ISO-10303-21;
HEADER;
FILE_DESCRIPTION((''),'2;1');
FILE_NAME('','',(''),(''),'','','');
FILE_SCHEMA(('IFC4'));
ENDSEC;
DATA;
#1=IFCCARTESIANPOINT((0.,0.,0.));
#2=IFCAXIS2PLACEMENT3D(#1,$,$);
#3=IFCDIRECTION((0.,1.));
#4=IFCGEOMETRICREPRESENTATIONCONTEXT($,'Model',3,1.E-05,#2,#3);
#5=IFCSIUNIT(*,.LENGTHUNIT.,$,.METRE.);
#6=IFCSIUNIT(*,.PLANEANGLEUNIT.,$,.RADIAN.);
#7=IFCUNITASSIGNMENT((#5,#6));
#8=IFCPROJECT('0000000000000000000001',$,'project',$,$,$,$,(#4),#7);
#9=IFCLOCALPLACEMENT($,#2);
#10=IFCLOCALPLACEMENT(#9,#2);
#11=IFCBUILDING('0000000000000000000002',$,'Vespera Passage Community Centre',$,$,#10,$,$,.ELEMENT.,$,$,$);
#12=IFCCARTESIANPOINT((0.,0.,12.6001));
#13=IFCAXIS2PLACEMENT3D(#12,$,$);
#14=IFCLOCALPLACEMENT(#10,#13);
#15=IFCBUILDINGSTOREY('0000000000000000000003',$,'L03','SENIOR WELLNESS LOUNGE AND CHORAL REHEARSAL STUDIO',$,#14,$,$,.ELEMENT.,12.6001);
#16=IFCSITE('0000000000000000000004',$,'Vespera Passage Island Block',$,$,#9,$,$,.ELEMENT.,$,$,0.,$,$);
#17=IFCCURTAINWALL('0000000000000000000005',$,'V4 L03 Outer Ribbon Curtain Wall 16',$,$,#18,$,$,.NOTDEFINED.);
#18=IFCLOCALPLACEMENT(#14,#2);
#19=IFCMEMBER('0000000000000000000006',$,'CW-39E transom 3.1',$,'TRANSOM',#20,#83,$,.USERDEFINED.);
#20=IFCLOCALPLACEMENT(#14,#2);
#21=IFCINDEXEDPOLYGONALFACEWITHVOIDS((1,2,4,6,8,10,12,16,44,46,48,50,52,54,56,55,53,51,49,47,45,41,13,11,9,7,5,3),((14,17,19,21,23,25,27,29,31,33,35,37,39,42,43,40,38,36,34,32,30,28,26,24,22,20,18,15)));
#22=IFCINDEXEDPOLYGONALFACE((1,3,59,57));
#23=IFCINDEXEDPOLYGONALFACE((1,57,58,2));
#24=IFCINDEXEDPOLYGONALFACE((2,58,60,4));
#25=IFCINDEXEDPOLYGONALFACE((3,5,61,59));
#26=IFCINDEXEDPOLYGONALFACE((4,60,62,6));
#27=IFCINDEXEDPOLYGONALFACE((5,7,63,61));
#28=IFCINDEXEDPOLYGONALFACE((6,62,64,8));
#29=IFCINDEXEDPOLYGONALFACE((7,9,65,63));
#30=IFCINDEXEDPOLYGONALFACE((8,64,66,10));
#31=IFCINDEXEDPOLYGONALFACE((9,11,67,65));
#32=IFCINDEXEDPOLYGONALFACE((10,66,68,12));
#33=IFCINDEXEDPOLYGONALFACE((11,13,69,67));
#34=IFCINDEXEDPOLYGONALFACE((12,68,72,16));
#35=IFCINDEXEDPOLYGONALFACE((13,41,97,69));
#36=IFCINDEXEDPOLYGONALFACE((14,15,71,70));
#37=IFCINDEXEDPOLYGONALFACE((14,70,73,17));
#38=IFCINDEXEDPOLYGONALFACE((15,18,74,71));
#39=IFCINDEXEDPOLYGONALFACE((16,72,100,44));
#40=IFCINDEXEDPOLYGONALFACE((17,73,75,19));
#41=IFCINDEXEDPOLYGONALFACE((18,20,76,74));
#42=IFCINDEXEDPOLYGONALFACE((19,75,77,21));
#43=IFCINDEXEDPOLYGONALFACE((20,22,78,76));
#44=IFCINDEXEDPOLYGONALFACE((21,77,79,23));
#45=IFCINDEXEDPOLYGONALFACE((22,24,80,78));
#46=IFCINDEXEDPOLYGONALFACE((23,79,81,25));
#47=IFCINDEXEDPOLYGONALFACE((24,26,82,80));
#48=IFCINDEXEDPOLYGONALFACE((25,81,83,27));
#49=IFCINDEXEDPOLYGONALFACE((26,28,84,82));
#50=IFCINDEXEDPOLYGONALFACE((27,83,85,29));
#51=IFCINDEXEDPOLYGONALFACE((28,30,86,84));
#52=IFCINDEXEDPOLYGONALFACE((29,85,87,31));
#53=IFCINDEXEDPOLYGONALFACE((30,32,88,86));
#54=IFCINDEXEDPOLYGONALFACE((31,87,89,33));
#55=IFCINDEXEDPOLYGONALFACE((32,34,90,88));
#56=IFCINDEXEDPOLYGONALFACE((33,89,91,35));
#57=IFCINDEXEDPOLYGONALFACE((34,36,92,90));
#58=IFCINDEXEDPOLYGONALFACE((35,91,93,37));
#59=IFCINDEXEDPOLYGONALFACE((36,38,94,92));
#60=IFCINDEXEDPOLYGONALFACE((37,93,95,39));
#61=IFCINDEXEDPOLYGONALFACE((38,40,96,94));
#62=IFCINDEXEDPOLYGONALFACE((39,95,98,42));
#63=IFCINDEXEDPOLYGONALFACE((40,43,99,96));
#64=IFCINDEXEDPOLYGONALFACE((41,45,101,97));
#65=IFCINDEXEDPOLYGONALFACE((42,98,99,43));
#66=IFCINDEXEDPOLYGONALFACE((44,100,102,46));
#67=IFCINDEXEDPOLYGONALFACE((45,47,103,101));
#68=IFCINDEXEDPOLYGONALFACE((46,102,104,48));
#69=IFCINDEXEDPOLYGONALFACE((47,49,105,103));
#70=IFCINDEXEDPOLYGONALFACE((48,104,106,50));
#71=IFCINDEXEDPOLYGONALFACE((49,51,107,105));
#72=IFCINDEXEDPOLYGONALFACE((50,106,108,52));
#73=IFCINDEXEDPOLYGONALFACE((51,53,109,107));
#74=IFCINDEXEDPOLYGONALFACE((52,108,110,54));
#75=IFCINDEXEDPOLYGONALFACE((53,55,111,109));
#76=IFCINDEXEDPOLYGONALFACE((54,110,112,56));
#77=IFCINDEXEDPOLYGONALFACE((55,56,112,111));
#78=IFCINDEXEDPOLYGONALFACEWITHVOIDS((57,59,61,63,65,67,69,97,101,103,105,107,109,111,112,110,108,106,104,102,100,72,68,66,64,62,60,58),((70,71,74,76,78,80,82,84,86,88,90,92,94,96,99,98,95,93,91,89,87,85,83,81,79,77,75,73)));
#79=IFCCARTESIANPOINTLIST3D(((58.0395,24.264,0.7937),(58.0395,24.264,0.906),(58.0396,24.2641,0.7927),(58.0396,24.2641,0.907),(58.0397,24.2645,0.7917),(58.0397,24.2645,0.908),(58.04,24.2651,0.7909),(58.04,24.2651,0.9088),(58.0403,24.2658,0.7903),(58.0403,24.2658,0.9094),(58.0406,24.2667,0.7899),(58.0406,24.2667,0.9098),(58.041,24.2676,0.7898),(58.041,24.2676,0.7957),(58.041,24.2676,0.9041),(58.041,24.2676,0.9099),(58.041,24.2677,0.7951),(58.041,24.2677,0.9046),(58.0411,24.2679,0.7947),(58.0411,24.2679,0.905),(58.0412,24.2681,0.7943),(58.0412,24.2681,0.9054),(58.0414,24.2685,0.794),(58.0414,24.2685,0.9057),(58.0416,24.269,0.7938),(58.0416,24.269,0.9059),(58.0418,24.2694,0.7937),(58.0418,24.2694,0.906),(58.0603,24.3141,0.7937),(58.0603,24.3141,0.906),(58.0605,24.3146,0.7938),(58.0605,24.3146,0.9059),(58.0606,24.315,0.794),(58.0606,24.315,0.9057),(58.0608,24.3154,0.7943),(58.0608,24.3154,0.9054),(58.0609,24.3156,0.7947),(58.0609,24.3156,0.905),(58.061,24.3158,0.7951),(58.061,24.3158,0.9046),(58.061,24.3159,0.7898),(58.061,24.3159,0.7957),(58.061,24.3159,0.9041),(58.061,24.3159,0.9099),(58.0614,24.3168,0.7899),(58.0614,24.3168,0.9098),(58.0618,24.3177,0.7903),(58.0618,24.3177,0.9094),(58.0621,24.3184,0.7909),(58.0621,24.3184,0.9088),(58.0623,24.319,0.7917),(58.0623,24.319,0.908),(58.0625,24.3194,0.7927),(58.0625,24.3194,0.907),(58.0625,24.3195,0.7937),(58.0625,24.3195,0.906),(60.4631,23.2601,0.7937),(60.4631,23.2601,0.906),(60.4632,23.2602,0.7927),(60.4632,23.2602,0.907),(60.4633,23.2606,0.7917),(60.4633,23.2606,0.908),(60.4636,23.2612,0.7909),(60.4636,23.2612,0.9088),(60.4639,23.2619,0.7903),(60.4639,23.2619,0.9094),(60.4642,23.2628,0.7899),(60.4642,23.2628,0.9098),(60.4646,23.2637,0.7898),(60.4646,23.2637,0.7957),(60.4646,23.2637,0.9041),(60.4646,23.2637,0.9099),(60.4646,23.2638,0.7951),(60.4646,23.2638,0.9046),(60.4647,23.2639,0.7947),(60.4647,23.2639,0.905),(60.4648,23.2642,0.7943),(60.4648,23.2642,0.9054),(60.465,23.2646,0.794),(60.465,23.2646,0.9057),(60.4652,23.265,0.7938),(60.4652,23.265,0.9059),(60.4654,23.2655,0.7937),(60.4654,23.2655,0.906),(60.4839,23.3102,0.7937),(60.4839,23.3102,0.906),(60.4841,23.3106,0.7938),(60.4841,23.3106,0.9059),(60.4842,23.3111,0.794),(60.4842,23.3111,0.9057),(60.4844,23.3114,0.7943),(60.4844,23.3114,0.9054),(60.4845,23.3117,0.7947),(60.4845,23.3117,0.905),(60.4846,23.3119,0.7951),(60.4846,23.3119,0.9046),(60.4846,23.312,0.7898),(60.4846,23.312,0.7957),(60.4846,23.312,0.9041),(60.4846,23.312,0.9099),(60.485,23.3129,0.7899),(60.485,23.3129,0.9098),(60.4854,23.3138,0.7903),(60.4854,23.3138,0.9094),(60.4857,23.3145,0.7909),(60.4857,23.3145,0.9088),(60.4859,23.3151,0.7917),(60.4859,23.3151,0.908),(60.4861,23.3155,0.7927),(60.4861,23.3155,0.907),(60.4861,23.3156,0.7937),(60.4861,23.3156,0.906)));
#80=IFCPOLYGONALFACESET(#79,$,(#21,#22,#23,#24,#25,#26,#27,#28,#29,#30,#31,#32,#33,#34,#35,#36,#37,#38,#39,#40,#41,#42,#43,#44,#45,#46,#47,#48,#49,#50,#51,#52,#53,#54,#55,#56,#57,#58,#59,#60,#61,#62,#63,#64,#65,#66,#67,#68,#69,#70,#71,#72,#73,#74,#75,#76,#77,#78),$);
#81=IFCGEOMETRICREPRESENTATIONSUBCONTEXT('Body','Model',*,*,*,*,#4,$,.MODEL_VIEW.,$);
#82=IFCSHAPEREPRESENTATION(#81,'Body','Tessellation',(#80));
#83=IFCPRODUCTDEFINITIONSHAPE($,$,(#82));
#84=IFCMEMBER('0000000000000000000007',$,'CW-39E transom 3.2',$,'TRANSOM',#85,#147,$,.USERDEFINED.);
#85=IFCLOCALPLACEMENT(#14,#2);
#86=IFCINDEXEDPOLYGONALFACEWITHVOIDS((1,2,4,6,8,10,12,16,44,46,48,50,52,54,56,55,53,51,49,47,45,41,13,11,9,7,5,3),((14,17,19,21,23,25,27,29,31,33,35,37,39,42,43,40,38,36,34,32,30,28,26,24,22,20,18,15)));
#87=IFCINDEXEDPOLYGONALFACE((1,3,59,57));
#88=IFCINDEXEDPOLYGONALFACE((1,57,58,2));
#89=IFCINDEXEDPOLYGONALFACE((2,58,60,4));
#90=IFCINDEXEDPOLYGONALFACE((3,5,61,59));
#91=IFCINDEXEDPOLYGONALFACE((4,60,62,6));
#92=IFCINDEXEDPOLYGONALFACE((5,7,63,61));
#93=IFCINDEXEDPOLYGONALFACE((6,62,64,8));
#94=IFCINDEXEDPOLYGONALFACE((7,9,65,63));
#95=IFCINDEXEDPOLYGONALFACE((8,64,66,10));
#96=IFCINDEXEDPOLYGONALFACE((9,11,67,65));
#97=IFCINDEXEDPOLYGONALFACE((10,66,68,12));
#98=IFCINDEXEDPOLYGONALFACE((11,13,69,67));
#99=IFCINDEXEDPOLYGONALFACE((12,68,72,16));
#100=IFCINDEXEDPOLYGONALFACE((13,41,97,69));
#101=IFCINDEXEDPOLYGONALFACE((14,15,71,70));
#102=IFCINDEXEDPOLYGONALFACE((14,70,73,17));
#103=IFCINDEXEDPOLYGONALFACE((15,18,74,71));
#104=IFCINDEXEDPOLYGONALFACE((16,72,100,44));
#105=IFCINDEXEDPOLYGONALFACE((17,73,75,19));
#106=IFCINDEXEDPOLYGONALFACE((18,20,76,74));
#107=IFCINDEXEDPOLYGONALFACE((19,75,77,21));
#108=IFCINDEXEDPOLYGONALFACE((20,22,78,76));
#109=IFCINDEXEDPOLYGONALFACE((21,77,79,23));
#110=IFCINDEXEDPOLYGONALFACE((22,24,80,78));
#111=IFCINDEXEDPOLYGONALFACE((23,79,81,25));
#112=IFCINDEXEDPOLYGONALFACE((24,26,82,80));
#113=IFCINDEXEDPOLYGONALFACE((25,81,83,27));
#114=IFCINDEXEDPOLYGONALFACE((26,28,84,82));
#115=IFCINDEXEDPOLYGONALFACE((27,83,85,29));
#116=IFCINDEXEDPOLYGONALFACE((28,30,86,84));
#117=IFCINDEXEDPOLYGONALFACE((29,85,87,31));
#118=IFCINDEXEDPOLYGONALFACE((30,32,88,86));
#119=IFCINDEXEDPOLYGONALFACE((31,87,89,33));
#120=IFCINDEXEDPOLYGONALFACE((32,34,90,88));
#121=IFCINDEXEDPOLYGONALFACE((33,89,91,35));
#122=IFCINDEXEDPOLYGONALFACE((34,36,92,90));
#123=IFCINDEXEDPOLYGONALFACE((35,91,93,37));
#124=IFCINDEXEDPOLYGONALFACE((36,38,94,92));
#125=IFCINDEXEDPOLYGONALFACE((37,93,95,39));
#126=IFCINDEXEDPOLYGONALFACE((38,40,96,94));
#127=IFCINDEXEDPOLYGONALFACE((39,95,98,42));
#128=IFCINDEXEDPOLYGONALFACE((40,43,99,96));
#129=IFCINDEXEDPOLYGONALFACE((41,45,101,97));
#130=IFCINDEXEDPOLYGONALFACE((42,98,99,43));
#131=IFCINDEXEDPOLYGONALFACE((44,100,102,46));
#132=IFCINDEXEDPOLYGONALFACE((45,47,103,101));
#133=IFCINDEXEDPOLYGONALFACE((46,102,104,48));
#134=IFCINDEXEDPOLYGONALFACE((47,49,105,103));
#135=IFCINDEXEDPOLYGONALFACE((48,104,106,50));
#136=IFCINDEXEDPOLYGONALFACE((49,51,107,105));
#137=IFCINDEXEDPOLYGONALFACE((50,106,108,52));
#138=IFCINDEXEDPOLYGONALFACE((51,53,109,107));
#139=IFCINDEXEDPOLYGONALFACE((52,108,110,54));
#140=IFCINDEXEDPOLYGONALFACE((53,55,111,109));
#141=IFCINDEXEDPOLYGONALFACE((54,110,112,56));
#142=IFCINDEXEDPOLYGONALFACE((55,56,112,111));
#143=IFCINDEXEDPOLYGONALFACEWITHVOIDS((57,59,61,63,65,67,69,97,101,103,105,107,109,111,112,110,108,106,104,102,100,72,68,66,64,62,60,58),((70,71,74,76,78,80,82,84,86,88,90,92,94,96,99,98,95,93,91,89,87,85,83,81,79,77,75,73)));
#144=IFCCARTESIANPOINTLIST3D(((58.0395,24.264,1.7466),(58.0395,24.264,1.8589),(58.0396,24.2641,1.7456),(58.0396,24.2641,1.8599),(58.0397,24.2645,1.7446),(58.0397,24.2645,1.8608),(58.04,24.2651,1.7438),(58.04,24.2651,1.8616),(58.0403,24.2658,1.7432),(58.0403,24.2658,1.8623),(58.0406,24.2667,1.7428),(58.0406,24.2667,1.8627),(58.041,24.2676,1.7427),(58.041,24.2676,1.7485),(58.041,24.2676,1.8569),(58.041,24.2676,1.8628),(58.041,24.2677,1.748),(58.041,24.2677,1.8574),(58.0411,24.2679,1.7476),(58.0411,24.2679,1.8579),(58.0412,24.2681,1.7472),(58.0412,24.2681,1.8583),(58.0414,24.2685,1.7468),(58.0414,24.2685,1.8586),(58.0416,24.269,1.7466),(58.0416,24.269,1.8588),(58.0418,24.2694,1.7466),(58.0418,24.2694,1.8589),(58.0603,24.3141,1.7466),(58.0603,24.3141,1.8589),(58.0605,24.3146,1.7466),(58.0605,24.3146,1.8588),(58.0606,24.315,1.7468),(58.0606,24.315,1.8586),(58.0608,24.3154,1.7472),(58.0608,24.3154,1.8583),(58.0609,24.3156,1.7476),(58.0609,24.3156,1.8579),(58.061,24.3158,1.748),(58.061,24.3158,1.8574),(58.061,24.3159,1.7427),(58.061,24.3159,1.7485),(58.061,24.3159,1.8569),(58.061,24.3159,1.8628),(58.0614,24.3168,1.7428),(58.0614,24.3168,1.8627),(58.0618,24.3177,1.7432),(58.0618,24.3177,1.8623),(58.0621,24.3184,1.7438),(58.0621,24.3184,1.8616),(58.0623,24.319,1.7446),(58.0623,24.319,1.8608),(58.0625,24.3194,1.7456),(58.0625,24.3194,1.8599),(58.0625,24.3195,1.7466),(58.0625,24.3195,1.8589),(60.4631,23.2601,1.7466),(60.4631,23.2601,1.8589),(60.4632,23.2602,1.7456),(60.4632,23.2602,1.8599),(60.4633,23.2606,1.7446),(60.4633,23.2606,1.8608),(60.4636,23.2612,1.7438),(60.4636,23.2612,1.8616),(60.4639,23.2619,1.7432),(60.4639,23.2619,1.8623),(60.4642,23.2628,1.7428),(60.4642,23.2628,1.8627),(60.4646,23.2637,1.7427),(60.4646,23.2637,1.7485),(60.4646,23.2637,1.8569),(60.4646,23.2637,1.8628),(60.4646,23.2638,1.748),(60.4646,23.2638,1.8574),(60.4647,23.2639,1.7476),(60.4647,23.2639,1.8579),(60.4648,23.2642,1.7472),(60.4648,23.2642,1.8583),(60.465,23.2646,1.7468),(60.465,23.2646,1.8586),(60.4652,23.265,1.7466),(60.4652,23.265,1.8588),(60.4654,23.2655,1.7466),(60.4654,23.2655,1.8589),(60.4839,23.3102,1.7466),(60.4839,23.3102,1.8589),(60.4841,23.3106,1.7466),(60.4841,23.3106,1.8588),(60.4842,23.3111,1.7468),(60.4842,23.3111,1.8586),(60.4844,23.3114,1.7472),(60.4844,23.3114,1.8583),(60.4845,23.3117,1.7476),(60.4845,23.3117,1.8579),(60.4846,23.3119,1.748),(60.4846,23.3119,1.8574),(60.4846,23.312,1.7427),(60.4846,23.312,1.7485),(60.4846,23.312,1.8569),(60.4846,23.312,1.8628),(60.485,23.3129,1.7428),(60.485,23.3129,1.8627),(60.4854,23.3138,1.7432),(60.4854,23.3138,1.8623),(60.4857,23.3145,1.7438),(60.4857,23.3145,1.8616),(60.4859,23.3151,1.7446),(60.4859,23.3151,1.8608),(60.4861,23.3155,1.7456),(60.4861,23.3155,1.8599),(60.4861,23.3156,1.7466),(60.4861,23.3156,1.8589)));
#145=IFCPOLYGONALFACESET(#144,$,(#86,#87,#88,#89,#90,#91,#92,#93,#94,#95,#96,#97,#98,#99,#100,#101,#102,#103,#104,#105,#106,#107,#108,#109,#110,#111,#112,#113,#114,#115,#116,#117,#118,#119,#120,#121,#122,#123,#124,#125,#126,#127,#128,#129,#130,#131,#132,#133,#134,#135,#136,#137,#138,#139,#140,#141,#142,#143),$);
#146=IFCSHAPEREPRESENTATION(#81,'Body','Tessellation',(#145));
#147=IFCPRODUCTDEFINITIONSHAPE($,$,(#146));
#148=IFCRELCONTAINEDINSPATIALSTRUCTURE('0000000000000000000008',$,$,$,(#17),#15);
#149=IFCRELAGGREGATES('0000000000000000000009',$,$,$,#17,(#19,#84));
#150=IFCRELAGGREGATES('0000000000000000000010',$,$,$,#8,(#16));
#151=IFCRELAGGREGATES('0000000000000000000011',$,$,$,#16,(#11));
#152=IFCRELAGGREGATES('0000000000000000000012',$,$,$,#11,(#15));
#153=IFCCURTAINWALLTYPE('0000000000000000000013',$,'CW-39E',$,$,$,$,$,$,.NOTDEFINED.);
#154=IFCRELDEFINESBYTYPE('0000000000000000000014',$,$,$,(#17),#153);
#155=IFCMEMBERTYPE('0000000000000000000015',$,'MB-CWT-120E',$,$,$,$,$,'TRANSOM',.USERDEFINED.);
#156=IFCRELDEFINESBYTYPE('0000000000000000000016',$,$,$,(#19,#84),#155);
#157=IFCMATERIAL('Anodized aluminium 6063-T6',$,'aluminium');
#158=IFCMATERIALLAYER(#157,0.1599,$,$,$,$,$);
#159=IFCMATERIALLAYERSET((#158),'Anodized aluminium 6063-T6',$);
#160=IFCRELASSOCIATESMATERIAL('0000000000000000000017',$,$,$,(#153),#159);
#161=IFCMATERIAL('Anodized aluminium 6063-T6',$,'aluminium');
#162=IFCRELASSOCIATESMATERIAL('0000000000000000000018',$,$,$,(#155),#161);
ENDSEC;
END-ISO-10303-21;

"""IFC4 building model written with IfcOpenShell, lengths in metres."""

from ifc_helpers import new_model, si_unit, direction, frame, origin, origin_2d, place, context, subcontext, project, spatial, hollow_rectangle, extrude, material, layer, layer_set, material_profile, profile_set, type_object, element, aggregate, save


model = new_model("IFC4")

# Units and contexts
model_context = context("Model", 3, precision=1e-05, world=origin(), true_north=direction((0.0, 1.0)))
body_context = subcontext(model_context, "Body", "Model", "MODEL_VIEW")
ifc_project = project(units=[si_unit("LENGTHUNIT", "METRE"), si_unit("PLANEANGLEUNIT", "RADIAN")], contexts=[model_context])

# Site, building, storey
site_placement = place(None, origin())
site = spatial("IfcSite", under=ifc_project, at=site_placement, Name="Vespera Passage Island Block", CompositionType="ELEMENT", RefElevation=0.0)
building_placement = place(site_placement, origin())
building = spatial("IfcBuilding", under=site, at=building_placement, Name="Vespera Passage Community Centre", CompositionType="ELEMENT")
storey_placement = place(building_placement, frame((0.0, 0.0, 12.6001)))
storey = spatial("IfcBuildingStorey", under=building, at=storey_placement, Name="L03", Description="SENIOR WELLNESS LOUNGE AND CHORAL REHEARSAL STUDIO", CompositionType="ELEMENT", Elevation=12.6001)

# Curtain wall, members
ifc_material_1 = material(Name="Anodized aluminium 6063-T6", Category="aluminium")
ifc_layer_1 = layer(ifc_material_1, 0.1599)
ifc_layer_set_1 = layer_set([ifc_layer_1], Name="Anodized aluminium 6063-T6")
curtain_wall_type = type_object("IfcCurtainWallType", Name="CW-39E", PredefinedType="NOTDEFINED", material=ifc_layer_set_1)
curtain_wall_placement = place(storey_placement, origin())
curtain_wall = element("IfcCurtainWall", 1, at=curtain_wall_placement, inside=storey, type_object=curtain_wall_type, Name="V4 L03 Outer Ribbon Curtain Wall 16", PredefinedType="NOTDEFINED")
ifc_material_2 = material(Name="Anodized aluminium 6063-T6", Category="aluminium")
ifc_material_profile_1 = material_profile(ifc_material_2, hollow_rectangle(XDim=0.0601, YDim=0.1201, WallThickness=0.0039, InnerFilletRadius=0.002, OuterFilletRadius=0.0039, at=origin_2d()), Name="ALU120X60X4")
ifc_profile_set_1 = profile_set([ifc_material_profile_1], Name="Anodized aluminium 6063-T6")
member_type_1 = type_object("IfcMemberType", Name="MB-CWT-120E", ElementType="TRANSOM", PredefinedType="USERDEFINED", material=ifc_profile_set_1)
member_1_placement = place(storey_placement, frame((60.4746, 23.2878, 0.8499), z_axis=(-0.923876, 0.382692, 0.0), x_axis=(-0.382692, -0.923876, 0.0)))
member_1 = element("IfcMember", 2, at=member_1_placement, type_object=member_type_1, Name="CW-39E transom 3.1", ObjectType="TRANSOM", PredefinedType="USERDEFINED", context=body_context, shape_type="SweptSolid", body=[
    extrude(hollow_rectangle(XDim=0.0601, YDim=0.1201, WallThickness=0.0039, InnerFilletRadius=0.002, OuterFilletRadius=0.0039, at=origin_2d()), origin(), (0.0, 0.0, 1.0), 2.6233),
])
member_2_placement = place(storey_placement, frame((60.4746, 23.2878, 1.8027), z_axis=(-0.923876, 0.382692, 0.0), x_axis=(-0.382692, -0.923876, 0.0)))
member_2 = element("IfcMember", 3, at=member_2_placement, type_object=member_type_1, Name="CW-39E transom 3.2", ObjectType="TRANSOM", PredefinedType="USERDEFINED", context=body_context, shape_type="SweptSolid", body=[
    extrude(hollow_rectangle(XDim=0.0601, YDim=0.1201, WallThickness=0.0039, InnerFilletRadius=0.002, OuterFilletRadius=0.0039, at=origin_2d()), origin(), (0.0, 0.0, 1.0), 2.6233),
])
aggregate(curtain_wall, [member_1, member_2])

save(model, "model.ifc")
